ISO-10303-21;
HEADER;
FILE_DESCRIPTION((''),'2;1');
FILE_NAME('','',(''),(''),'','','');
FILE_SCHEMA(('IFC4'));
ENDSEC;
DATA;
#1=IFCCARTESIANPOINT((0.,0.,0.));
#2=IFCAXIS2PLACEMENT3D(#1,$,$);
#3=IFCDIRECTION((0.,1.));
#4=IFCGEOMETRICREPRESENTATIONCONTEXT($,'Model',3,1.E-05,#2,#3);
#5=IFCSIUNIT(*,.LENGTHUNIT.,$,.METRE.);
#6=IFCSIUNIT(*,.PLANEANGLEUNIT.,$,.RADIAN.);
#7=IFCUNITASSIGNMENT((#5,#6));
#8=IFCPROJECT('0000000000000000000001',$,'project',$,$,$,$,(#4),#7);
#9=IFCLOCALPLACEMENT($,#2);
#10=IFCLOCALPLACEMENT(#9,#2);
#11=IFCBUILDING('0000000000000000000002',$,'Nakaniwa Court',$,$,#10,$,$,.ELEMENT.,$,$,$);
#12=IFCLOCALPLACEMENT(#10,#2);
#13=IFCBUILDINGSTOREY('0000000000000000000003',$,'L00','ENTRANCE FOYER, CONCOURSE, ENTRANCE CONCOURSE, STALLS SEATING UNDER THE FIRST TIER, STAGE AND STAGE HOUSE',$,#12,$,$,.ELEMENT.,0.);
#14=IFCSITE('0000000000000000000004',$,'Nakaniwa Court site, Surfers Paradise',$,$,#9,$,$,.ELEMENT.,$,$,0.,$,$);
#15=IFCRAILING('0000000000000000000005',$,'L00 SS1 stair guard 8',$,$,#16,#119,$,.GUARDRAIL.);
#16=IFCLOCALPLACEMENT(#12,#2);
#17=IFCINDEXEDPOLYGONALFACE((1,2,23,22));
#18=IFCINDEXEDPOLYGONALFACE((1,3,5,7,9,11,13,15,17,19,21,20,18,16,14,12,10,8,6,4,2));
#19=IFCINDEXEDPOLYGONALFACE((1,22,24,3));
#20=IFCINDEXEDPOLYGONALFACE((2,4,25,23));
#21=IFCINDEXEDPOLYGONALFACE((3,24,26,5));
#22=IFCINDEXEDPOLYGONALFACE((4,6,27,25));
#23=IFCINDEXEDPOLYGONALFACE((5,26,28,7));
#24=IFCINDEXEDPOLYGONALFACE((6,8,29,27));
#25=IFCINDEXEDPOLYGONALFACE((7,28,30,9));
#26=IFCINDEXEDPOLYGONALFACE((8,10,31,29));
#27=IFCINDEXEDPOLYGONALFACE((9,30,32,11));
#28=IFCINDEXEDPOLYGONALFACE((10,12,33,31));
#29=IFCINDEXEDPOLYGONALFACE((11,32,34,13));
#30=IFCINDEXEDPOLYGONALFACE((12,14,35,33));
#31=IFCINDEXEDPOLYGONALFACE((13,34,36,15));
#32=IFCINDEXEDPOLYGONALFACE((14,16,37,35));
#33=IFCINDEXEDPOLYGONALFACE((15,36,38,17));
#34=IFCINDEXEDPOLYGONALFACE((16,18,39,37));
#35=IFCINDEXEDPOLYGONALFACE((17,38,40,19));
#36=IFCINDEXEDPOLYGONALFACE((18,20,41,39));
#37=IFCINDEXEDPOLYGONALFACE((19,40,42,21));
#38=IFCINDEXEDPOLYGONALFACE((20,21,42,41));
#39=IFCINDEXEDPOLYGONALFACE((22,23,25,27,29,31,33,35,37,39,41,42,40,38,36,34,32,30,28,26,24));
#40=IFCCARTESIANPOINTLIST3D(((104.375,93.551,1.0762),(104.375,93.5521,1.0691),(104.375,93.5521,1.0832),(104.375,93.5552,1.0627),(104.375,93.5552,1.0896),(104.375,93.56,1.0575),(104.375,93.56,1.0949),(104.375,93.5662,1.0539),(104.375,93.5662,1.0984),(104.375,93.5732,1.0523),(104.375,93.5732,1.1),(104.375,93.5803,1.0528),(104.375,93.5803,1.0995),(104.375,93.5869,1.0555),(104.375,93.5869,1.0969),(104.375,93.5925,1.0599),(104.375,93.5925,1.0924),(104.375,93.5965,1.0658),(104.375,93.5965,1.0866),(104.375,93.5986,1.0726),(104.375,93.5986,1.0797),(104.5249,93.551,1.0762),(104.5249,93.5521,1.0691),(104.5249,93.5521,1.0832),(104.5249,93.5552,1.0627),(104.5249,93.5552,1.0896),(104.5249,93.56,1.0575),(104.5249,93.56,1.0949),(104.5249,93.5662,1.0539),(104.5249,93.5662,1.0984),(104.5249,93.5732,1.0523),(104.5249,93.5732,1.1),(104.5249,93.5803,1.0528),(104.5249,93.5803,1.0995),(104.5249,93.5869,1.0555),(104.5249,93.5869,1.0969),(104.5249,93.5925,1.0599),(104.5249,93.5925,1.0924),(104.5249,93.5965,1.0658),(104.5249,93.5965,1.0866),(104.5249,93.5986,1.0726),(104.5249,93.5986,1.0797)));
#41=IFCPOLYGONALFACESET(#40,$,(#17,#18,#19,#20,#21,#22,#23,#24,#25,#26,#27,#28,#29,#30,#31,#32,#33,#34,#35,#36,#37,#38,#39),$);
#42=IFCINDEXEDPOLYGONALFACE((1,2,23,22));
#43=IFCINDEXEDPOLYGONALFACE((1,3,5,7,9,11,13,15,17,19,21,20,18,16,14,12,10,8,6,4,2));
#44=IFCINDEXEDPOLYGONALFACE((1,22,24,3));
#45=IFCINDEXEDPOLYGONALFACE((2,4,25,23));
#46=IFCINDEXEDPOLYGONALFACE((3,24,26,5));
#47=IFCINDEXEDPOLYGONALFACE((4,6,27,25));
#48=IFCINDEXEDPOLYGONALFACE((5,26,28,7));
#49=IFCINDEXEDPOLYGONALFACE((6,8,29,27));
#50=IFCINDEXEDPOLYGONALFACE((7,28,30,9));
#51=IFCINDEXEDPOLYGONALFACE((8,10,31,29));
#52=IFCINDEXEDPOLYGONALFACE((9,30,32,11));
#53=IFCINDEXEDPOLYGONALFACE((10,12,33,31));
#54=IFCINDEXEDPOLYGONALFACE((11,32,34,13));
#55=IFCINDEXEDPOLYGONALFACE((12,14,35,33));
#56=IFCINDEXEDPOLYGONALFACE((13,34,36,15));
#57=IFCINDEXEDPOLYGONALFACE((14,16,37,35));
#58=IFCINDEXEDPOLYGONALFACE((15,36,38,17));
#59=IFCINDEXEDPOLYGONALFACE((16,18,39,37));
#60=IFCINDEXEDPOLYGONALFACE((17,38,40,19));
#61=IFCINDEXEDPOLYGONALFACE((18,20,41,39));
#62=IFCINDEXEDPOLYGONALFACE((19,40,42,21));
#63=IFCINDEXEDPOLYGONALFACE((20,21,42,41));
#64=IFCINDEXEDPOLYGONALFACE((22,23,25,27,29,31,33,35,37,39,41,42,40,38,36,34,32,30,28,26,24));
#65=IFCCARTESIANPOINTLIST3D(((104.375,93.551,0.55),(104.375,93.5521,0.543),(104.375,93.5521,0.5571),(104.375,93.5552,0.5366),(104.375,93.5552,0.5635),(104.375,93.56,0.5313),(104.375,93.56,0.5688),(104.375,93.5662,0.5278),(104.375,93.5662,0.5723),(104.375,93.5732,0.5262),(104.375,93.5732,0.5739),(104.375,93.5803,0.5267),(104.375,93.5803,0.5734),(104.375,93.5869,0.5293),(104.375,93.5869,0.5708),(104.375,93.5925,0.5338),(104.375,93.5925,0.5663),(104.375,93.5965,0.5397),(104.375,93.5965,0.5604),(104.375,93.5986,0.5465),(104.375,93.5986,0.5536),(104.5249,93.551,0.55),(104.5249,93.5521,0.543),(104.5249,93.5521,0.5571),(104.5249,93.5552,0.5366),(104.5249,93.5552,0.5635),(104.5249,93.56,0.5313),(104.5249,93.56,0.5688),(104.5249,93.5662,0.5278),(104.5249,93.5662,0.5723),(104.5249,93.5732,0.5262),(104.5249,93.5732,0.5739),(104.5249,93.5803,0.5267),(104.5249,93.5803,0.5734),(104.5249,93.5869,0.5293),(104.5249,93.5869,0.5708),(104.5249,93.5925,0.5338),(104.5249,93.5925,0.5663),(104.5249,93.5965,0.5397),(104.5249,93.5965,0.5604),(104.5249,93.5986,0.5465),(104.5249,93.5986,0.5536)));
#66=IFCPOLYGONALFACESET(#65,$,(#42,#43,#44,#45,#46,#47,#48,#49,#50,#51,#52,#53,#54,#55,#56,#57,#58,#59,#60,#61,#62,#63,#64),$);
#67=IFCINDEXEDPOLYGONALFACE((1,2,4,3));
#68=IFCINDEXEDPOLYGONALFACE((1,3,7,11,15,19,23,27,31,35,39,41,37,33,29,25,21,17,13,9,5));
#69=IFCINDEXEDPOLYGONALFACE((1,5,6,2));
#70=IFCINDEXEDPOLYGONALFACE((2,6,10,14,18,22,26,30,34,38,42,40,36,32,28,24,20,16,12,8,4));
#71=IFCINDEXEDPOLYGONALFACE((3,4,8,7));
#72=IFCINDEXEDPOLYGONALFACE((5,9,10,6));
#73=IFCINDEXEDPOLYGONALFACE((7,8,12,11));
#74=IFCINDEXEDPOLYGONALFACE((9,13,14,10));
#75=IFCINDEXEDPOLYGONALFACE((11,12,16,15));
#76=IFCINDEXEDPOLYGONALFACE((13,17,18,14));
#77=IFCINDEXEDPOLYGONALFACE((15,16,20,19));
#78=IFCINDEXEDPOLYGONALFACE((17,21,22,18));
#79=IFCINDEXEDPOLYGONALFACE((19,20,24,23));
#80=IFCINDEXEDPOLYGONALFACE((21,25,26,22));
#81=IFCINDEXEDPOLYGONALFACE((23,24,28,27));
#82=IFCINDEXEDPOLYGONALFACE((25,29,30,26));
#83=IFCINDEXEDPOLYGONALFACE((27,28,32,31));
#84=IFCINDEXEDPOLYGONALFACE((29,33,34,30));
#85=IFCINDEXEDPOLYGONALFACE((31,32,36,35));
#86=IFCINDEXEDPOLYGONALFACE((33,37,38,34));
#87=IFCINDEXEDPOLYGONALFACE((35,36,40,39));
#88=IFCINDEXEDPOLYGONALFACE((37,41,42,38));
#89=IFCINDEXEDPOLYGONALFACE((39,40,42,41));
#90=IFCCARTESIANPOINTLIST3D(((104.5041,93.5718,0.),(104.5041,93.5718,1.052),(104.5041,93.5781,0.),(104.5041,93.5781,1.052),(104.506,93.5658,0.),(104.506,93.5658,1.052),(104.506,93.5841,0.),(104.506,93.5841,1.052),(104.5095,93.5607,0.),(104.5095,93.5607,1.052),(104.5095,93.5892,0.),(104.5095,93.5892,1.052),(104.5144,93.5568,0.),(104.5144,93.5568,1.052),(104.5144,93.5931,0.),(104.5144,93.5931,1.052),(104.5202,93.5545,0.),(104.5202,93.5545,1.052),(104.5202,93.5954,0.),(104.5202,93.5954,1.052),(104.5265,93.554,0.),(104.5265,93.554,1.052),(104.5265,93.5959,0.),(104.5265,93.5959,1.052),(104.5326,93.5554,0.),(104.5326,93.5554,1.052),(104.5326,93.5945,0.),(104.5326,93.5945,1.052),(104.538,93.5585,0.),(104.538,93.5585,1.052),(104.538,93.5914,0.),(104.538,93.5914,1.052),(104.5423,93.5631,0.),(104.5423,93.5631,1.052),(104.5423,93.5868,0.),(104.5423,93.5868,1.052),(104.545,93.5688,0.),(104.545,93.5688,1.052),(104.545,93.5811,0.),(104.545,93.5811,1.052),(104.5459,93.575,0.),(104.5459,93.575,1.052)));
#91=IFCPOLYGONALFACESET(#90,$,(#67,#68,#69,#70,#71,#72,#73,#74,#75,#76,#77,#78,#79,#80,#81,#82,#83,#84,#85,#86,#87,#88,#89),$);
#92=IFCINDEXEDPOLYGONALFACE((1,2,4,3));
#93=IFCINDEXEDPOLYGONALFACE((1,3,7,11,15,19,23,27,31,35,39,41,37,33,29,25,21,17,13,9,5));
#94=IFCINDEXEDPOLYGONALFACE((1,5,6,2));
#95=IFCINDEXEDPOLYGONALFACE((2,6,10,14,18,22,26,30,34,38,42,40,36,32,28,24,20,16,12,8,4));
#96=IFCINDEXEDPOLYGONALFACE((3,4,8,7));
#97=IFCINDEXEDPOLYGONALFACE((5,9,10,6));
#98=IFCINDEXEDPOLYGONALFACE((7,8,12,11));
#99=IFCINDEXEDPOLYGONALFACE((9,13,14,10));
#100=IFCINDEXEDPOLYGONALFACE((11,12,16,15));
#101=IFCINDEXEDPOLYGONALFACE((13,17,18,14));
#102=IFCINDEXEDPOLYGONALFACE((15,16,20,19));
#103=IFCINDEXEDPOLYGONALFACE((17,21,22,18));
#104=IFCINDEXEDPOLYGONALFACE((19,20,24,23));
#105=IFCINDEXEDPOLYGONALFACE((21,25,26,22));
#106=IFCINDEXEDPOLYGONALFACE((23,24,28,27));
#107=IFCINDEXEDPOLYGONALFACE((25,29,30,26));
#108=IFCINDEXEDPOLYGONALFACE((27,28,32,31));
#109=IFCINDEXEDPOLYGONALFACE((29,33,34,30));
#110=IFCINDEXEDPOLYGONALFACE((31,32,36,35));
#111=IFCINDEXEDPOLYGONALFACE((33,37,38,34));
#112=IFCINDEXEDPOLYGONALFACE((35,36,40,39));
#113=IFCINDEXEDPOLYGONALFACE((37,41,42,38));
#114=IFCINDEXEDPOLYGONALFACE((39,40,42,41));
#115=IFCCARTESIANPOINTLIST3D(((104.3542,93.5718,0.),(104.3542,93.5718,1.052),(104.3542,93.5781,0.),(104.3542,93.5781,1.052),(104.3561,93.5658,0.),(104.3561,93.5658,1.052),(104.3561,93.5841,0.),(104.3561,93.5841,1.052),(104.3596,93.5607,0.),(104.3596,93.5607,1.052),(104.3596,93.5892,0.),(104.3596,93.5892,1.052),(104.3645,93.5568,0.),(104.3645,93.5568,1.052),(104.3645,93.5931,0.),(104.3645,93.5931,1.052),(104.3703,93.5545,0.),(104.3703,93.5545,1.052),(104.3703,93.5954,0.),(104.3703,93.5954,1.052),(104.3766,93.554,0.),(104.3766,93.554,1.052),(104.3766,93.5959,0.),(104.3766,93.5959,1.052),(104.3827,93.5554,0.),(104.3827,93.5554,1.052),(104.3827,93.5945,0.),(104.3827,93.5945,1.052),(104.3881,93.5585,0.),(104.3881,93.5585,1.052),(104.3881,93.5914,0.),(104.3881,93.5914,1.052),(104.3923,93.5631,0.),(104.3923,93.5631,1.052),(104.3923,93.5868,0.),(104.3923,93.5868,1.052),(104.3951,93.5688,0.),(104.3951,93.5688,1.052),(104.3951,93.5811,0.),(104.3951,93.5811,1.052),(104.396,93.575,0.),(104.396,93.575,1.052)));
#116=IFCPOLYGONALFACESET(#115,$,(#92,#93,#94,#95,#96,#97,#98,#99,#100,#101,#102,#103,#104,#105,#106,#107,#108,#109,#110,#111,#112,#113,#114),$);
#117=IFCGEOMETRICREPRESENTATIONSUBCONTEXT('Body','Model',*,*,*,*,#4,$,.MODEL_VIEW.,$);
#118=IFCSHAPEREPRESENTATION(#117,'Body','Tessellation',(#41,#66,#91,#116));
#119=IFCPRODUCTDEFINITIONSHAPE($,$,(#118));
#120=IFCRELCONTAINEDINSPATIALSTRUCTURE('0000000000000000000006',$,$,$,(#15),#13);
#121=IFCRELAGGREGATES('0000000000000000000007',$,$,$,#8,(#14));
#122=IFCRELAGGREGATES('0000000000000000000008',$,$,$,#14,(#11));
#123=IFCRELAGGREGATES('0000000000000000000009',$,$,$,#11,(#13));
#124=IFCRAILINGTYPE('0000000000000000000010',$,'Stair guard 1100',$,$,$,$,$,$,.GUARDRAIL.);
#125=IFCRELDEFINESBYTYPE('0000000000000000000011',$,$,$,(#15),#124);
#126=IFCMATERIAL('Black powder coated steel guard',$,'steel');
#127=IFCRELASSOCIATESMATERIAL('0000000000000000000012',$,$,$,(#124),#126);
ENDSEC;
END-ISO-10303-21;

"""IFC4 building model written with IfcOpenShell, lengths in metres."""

from ifc_helpers import new_model, si_unit, direction, frame, origin, origin_2d, place, context, subcontext, project, spatial, circle, extrude, material, type_object, element, save


model = new_model("IFC4")

# Units and contexts
model_context = context("Model", 3, precision=1e-05, world=origin(), true_north=direction((0.0, 1.0)))
body_context = subcontext(model_context, "Body", "Model", "MODEL_VIEW")
ifc_project = project(units=[si_unit("LENGTHUNIT", "METRE"), si_unit("PLANEANGLEUNIT", "RADIAN")], contexts=[model_context])

# Site, building, storey
site_placement = place(None, origin())
site = spatial("IfcSite", under=ifc_project, at=site_placement, Name="Nakaniwa Court site, Surfers Paradise", CompositionType="ELEMENT", RefElevation=0.0)
building_placement = place(site_placement, origin())
building = spatial("IfcBuilding", under=site, at=building_placement, Name="Nakaniwa Court", CompositionType="ELEMENT")
storey_placement = place(building_placement, origin())
storey = spatial("IfcBuildingStorey", under=building, at=storey_placement, Name="L00", Description="ENTRANCE FOYER, CONCOURSE, ENTRANCE CONCOURSE, STALLS SEATING UNDER THE FIRST TIER, STAGE AND STAGE HOUSE", CompositionType="ELEMENT", Elevation=0.0)

# Railing
ifc_material_1 = material(Name="Black powder coated steel guard", Category="steel")
railing_type_1 = type_object("IfcRailingType", Name="Stair guard 1100", PredefinedType="GUARDRAIL", material=ifc_material_1)
railing_1_placement = place(storey_placement, frame((104.5249, 93.575, 0.0)))
element("IfcRailing", 1, at=railing_1_placement, inside=storey, type_object=railing_type_1, Name="L00 SS1 stair guard 8", PredefinedType="GUARDRAIL", context=body_context, shape_type="SweptSolid", body=[
    extrude(circle(Radius=0.0239, at=origin_2d()), frame((0.0, 0.0, 1.0762), z_axis=(-1.0, 0.0, 0.0), x_axis=(0.0, -1.0, 0.0)), (0.0, 0.0, 1.0), 0.1499),
    extrude(circle(Radius=0.0239, at=origin_2d()), frame((0.0, 0.0, 0.55), z_axis=(-1.0, 0.0, 0.0), x_axis=(0.0, -1.0, 0.0)), (0.0, 0.0, 1.0), 0.1499),
    extrude(circle(Radius=0.021, at=origin_2d()), origin(), (0.0, 0.0, 1.0), 1.052),
    extrude(circle(Radius=0.021, at=origin_2d()), frame((-0.1499, 0.0, 0.0)), (0.0, 0.0, 1.0), 1.052),
])

save(model, "model.ifc")
